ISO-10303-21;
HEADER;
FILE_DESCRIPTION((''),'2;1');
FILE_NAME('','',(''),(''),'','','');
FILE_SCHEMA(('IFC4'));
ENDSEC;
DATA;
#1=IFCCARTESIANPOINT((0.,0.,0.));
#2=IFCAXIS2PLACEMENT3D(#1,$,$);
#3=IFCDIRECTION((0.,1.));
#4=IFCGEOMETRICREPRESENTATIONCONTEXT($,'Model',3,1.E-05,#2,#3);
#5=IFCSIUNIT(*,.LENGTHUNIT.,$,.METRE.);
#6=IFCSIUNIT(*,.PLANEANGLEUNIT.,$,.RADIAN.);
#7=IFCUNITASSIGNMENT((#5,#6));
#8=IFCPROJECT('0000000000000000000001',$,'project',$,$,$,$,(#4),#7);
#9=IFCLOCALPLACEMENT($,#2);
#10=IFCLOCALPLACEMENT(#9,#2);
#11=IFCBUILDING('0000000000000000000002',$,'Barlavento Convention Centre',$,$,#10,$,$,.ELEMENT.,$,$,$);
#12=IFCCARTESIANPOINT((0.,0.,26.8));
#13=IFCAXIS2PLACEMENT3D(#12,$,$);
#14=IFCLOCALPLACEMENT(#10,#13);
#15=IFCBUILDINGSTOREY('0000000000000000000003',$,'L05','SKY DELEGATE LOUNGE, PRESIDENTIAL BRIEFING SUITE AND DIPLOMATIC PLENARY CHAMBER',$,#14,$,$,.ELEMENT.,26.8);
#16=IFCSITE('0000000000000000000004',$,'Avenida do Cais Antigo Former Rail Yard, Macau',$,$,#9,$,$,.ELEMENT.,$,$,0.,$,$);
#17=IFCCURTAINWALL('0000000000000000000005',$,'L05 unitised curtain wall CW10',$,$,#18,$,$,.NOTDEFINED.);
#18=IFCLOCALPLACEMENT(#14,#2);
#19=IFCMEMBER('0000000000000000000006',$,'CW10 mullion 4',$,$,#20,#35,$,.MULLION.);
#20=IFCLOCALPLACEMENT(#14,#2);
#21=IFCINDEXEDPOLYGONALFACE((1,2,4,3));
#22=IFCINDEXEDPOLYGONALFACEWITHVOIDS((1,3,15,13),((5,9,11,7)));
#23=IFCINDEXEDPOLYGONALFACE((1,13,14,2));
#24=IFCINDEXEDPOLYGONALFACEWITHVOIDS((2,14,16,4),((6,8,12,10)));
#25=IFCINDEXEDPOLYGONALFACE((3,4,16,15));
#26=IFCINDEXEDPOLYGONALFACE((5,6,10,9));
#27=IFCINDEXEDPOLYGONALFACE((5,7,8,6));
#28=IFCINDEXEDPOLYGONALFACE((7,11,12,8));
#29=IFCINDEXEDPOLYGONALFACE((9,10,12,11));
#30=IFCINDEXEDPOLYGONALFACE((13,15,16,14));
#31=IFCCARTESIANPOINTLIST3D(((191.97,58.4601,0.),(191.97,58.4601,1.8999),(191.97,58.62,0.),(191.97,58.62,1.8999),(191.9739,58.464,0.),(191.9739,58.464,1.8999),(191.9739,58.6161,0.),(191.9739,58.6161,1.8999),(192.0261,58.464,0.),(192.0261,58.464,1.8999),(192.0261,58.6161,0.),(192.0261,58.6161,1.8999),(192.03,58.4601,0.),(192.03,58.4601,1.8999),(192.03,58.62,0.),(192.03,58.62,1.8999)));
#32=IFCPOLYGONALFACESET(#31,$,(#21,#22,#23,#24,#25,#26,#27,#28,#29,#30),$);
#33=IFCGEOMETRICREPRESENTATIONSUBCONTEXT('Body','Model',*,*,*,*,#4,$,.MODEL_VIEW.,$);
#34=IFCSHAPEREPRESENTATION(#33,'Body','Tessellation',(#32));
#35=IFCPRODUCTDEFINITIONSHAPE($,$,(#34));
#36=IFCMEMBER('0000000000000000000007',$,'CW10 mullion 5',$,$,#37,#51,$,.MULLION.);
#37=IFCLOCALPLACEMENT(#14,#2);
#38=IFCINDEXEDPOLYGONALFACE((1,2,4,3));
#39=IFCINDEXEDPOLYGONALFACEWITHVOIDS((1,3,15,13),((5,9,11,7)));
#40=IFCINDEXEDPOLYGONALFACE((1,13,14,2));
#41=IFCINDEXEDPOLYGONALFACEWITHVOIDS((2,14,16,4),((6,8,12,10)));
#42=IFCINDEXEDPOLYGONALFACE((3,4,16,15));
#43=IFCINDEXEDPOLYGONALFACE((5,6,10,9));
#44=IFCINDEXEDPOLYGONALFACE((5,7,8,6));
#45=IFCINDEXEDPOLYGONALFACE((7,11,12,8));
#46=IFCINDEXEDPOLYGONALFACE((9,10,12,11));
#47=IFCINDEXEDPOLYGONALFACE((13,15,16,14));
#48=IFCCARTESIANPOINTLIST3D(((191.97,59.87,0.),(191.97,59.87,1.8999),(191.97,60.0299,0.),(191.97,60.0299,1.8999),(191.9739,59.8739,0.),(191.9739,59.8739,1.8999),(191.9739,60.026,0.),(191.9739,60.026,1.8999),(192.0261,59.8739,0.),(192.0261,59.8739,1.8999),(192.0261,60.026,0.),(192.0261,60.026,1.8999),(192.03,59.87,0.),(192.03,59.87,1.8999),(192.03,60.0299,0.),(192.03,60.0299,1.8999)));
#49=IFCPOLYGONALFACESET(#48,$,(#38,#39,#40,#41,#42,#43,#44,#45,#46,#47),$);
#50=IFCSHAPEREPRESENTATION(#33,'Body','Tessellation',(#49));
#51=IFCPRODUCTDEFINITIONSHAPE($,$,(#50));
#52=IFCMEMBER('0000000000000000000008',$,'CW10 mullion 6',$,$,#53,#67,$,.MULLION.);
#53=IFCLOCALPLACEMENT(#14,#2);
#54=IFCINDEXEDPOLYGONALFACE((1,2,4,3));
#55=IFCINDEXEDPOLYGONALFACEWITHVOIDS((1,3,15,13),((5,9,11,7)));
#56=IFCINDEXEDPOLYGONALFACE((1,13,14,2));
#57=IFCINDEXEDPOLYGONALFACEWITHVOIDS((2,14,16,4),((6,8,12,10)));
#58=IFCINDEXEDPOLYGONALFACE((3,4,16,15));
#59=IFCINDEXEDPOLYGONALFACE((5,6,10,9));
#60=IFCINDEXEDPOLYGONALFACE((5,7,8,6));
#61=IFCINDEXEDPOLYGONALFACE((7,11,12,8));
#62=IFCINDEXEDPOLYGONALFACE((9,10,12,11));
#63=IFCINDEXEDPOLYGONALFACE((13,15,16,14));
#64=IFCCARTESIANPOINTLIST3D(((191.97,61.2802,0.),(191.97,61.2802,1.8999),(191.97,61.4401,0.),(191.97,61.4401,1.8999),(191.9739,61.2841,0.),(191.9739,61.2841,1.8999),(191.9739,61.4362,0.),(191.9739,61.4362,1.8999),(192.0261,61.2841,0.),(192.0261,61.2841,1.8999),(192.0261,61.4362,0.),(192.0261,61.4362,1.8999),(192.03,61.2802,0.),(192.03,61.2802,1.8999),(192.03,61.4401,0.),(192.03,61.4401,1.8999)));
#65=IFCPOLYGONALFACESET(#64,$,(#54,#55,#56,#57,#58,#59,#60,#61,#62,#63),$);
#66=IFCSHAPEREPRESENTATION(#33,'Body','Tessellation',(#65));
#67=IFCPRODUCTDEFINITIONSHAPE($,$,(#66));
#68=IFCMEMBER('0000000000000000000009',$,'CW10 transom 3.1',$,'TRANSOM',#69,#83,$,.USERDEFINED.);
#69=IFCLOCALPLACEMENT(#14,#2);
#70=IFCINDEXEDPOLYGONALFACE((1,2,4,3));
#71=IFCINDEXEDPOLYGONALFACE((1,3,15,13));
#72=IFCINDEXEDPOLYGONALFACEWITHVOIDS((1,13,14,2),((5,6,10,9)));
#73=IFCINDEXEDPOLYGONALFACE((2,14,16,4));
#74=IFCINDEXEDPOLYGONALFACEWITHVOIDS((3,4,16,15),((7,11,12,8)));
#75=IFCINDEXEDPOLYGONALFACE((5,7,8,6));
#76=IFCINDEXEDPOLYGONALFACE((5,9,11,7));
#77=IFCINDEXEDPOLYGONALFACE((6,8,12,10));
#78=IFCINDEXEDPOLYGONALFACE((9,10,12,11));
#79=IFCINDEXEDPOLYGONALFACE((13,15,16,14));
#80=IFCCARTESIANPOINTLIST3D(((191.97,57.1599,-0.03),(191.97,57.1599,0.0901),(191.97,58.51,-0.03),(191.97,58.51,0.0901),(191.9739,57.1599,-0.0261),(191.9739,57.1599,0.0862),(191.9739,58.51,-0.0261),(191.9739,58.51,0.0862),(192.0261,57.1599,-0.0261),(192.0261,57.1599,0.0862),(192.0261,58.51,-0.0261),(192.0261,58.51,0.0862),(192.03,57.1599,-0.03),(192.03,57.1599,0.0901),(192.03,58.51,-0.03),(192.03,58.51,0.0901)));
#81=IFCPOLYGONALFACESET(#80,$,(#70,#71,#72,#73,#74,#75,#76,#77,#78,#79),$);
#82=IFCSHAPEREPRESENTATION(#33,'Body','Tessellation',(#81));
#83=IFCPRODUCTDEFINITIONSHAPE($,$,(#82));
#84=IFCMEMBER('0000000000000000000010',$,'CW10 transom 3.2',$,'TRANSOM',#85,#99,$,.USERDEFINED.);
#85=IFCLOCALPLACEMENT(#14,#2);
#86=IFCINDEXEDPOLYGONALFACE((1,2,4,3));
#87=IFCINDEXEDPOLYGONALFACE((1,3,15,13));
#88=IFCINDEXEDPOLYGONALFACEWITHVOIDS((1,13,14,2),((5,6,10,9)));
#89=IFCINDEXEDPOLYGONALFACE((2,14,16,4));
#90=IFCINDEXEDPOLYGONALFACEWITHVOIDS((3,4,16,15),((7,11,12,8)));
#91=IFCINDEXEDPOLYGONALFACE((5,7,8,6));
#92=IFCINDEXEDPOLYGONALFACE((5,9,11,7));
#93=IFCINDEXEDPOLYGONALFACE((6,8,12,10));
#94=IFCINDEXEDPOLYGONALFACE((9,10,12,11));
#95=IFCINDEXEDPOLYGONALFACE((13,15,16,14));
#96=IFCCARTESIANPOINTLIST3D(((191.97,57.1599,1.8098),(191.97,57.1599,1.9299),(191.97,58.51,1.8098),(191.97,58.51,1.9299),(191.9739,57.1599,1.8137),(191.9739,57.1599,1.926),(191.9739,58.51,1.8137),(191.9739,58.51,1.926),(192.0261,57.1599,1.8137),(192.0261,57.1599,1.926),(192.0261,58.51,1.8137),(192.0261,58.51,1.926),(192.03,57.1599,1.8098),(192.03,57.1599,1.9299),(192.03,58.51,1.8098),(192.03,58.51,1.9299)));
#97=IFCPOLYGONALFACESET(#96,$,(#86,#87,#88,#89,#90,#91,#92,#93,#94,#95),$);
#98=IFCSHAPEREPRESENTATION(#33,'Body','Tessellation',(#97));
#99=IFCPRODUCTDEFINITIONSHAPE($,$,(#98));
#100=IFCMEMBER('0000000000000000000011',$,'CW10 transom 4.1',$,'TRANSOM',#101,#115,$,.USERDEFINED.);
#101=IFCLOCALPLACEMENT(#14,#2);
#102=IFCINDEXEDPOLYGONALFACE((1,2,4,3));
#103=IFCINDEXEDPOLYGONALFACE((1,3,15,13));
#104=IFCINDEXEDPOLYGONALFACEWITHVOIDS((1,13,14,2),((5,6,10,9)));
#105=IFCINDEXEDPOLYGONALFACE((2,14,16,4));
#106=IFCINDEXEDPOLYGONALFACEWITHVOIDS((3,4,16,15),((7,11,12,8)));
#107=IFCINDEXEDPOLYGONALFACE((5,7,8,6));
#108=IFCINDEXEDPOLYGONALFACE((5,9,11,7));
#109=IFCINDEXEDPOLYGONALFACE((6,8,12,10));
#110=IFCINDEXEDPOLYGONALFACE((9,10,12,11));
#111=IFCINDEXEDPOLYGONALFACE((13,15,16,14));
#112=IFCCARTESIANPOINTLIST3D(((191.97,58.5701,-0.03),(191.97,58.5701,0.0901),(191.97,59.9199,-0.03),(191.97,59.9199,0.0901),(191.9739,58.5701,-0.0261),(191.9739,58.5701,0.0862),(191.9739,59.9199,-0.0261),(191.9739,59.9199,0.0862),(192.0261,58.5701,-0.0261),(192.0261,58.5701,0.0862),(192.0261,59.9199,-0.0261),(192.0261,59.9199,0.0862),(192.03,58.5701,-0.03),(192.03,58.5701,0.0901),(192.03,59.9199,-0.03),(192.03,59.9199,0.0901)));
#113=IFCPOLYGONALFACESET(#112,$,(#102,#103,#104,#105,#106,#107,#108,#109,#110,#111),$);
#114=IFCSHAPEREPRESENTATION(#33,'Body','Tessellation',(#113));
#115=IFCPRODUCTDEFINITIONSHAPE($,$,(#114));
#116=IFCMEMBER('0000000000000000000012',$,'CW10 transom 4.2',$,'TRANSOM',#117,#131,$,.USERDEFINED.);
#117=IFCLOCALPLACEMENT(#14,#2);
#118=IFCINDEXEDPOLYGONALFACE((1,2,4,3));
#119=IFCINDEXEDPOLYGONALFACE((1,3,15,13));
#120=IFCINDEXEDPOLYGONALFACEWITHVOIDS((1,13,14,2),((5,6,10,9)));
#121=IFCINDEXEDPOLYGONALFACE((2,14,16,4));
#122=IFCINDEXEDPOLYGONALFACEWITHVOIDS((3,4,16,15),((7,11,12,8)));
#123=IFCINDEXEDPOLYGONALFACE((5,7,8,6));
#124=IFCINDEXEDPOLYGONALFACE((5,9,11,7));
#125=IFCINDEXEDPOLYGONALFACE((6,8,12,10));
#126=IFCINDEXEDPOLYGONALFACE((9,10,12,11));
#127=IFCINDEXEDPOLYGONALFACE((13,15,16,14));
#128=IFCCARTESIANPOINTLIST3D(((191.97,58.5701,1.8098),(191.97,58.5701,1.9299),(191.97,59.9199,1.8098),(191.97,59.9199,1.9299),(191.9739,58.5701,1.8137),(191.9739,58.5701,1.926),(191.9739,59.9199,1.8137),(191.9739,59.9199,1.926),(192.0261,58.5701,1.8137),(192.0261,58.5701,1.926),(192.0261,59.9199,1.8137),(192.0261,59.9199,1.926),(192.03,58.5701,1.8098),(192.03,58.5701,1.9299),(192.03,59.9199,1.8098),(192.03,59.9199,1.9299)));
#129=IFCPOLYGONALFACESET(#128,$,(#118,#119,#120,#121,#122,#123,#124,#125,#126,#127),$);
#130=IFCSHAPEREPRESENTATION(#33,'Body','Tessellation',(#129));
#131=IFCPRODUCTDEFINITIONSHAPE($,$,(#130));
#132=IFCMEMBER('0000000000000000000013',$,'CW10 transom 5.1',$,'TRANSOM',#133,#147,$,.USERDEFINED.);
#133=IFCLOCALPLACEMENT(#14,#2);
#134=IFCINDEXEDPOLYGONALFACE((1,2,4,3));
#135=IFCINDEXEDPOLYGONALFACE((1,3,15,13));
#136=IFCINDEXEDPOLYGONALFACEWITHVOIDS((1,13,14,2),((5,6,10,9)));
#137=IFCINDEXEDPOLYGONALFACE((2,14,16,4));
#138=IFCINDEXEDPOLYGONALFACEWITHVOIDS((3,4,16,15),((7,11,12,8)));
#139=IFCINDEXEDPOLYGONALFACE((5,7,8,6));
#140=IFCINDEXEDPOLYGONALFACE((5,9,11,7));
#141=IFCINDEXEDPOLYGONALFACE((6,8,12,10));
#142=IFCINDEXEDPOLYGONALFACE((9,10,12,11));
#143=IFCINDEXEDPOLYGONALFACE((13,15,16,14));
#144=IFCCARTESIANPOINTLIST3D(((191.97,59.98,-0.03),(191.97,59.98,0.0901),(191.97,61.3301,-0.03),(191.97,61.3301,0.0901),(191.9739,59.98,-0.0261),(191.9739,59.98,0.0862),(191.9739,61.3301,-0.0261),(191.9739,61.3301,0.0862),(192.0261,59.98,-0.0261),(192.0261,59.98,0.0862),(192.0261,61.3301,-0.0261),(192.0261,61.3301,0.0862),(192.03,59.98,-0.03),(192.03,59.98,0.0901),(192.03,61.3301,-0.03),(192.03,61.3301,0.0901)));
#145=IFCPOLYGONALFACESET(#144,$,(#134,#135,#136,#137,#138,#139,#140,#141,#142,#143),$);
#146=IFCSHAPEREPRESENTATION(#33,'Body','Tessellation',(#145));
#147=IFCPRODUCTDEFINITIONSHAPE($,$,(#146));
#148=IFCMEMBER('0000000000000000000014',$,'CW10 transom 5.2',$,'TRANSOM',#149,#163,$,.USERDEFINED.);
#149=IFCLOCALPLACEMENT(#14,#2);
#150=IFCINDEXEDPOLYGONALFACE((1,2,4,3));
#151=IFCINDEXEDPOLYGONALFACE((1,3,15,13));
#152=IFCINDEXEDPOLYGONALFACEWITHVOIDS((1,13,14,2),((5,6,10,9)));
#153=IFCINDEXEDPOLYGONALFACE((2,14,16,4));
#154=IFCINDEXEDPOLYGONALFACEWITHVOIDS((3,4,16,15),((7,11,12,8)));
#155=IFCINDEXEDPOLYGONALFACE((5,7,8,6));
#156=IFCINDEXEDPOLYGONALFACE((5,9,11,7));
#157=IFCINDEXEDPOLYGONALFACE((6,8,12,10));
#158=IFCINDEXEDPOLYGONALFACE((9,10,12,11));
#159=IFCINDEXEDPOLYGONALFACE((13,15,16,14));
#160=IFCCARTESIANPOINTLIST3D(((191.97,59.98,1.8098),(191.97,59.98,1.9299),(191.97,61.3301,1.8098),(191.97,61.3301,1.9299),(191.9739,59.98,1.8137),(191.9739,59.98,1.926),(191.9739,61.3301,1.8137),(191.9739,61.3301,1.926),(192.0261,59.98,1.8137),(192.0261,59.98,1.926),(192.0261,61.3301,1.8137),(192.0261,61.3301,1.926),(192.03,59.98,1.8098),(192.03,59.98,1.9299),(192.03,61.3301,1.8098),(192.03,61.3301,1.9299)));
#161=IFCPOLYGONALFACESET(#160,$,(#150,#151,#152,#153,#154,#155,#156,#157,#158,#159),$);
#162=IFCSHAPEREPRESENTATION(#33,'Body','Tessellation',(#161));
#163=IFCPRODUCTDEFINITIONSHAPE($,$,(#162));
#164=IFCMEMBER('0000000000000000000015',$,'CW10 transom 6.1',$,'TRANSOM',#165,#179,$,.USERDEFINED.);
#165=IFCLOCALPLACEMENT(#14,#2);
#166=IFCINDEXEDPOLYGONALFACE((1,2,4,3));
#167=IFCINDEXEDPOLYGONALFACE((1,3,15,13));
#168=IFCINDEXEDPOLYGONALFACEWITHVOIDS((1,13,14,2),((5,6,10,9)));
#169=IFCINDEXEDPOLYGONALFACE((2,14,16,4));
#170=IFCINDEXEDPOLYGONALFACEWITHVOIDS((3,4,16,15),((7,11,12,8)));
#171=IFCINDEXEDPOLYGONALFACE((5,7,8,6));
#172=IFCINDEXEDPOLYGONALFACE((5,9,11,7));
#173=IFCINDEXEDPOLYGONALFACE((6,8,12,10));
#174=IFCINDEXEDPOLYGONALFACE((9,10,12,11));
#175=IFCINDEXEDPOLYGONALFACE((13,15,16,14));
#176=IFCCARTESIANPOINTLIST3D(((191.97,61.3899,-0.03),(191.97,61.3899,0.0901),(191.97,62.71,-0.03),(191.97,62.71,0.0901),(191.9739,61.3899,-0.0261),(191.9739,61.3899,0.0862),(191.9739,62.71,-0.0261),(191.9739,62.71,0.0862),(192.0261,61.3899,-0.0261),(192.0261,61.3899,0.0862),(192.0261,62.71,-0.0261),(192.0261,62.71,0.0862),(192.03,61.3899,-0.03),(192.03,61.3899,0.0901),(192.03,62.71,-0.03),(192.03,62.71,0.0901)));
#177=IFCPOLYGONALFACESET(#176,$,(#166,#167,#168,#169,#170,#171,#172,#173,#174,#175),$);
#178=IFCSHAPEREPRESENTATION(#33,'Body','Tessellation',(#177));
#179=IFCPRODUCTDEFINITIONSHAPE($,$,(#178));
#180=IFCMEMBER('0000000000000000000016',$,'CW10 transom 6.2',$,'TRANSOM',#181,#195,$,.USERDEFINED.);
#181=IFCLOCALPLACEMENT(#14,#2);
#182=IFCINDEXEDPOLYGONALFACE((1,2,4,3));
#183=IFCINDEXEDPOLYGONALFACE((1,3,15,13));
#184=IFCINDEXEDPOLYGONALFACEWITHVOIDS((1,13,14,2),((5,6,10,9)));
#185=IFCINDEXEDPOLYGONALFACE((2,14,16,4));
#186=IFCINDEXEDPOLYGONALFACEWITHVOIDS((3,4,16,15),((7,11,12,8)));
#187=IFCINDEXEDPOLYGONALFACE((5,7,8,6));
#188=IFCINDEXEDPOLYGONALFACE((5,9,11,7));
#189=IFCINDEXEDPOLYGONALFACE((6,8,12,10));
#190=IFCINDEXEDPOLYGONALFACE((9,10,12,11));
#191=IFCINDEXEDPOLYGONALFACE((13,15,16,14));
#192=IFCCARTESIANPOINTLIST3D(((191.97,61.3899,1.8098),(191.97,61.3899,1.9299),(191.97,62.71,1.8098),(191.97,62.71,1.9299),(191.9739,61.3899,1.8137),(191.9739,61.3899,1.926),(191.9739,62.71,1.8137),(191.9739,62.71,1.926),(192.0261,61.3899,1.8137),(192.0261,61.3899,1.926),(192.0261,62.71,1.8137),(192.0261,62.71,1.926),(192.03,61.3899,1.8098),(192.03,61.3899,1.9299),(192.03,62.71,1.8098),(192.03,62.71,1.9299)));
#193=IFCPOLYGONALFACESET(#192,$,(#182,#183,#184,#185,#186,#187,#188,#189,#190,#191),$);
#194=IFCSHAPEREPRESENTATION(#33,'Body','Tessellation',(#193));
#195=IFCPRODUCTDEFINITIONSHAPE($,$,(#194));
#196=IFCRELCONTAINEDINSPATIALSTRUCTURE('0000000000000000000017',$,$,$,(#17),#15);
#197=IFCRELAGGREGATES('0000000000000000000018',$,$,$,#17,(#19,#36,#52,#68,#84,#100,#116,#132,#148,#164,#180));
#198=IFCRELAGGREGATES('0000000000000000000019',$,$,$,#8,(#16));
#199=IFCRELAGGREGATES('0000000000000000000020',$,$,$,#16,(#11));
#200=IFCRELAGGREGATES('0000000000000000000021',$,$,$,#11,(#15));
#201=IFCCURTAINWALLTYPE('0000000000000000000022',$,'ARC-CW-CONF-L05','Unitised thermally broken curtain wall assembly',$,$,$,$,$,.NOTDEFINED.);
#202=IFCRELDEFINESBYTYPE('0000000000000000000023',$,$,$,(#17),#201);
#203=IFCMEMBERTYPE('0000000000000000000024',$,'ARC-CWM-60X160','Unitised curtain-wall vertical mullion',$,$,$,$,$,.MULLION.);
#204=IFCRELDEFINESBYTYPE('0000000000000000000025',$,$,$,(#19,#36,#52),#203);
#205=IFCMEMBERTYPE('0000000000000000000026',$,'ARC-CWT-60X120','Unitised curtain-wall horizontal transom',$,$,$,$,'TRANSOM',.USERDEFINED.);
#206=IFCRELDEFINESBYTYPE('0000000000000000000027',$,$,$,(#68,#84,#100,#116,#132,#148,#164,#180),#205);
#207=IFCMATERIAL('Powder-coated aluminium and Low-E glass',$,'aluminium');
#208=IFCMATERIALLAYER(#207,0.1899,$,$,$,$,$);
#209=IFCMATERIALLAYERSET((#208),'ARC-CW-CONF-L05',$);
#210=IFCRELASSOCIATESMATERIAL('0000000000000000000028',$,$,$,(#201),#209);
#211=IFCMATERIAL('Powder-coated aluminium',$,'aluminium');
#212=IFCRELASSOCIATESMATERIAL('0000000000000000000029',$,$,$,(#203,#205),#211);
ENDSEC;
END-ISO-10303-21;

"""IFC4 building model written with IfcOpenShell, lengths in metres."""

from ifc_helpers import new_model, si_unit, direction, frame, origin, origin_2d, place, context, subcontext, project, spatial, hollow_rectangle, extrude, material, layer, layer_set, material_profile, profile_set, type_object, element, aggregate, save


model = new_model("IFC4")

# Units and contexts
model_context = context("Model", 3, precision=1e-05, world=origin(), true_north=direction((0.0, 1.0)))
body_context = subcontext(model_context, "Body", "Model", "MODEL_VIEW")
ifc_project = project(units=[si_unit("LENGTHUNIT", "METRE"), si_unit("PLANEANGLEUNIT", "RADIAN")], contexts=[model_context])

# Site, building, storey
site_placement = place(None, origin())
site = spatial("IfcSite", under=ifc_project, at=site_placement, Name="Avenida do Cais Antigo Former Rail Yard, Macau", CompositionType="ELEMENT", RefElevation=0.0)
building_placement = place(site_placement, origin())
building = spatial("IfcBuilding", under=site, at=building_placement, Name="Barlavento Convention Centre", CompositionType="ELEMENT")
storey_placement = place(building_placement, frame((0.0, 0.0, 26.8)))
storey = spatial("IfcBuildingStorey", under=building, at=storey_placement, Name="L05", Description="SKY DELEGATE LOUNGE, PRESIDENTIAL BRIEFING SUITE AND DIPLOMATIC PLENARY CHAMBER", CompositionType="ELEMENT", Elevation=26.8)

# Curtain wall, members
ifc_material_1 = material(Name="Powder-coated aluminium and Low-E glass", Category="aluminium")
ifc_layer_1 = layer(ifc_material_1, 0.1899)
ifc_layer_set_1 = layer_set([ifc_layer_1], Name="ARC-CW-CONF-L05")
curtain_wall_type = type_object("IfcCurtainWallType", Name="ARC-CW-CONF-L05", Description="Unitised thermally broken curtain wall assembly", PredefinedType="NOTDEFINED", material=ifc_layer_set_1)
curtain_wall_placement = place(storey_placement, origin())
curtain_wall = element("IfcCurtainWall", 1, at=curtain_wall_placement, inside=storey, type_object=curtain_wall_type, Name="L05 unitised curtain wall CW10", PredefinedType="NOTDEFINED")
ifc_material_2 = material(Name="Powder-coated aluminium", Category="aluminium")
ifc_material_profile_1 = material_profile(ifc_material_2, hollow_rectangle(XDim=0.0601, YDim=0.1599, WallThickness=0.0039, at=origin_2d()), Name="AL-MULL 60x160x4")
ifc_profile_set_1 = profile_set([ifc_material_profile_1], Name="Powder-coated aluminium")
member_type_1 = type_object("IfcMemberType", Name="ARC-CWM-60X160", Description="Unitised curtain-wall vertical mullion", PredefinedType="MULLION", material=ifc_profile_set_1)
member_1_placement = place(storey_placement, frame((192.0, 58.54, 0.0), z_axis=(0.0, 0.0, 1.0), x_axis=(-1.0, 0.0, 0.0)))
member_1 = element("IfcMember", 2, at=member_1_placement, type_object=member_type_1, Name="CW10 mullion 4", PredefinedType="MULLION", context=body_context, shape_type="SweptSolid", body=[
    extrude(hollow_rectangle(XDim=0.0601, YDim=0.1599, WallThickness=0.0039, at=origin_2d()), origin(), (0.0, 0.0, 1.0), 1.8999),
])
member_2_placement = place(storey_placement, frame((192.0, 59.95, 0.0), z_axis=(0.0, 0.0, 1.0), x_axis=(-1.0, 0.0, 0.0)))
member_2 = element("IfcMember", 3, at=member_2_placement, type_object=member_type_1, Name="CW10 mullion 5", PredefinedType="MULLION", context=body_context, shape_type="SweptSolid", body=[
    extrude(hollow_rectangle(XDim=0.0601, YDim=0.1599, WallThickness=0.0039, at=origin_2d()), origin(), (0.0, 0.0, 1.0), 1.8999),
])
member_3_placement = place(storey_placement, frame((192.0, 61.3601, 0.0), z_axis=(0.0, 0.0, 1.0), x_axis=(-1.0, 0.0, 0.0)))
member_3 = element("IfcMember", 4, at=member_3_placement, type_object=member_type_1, Name="CW10 mullion 6", PredefinedType="MULLION", context=body_context, shape_type="SweptSolid", body=[
    extrude(hollow_rectangle(XDim=0.0601, YDim=0.1599, WallThickness=0.0039, at=origin_2d()), origin(), (0.0, 0.0, 1.0), 1.8999),
])
ifc_material_profile_2 = material_profile(ifc_material_2, hollow_rectangle(XDim=0.0601, YDim=0.1201, WallThickness=0.0039, at=origin_2d()), Name="AL-TRAN 60x120x4")
ifc_profile_set_2 = profile_set([ifc_material_profile_2], Name="Powder-coated aluminium")
member_type_2 = type_object("IfcMemberType", Name="ARC-CWT-60X120", Description="Unitised curtain-wall horizontal transom", ElementType="TRANSOM", PredefinedType="USERDEFINED", material=ifc_profile_set_2)
member_4_placement = place(storey_placement, frame((192.0, 57.1599, 0.03), z_axis=(0.0, 1.0, 0.0), x_axis=(-1.0, 0.0, 0.0)))
member_4 = element("IfcMember", 5, at=member_4_placement, type_object=member_type_2, Name="CW10 transom 3.1", ObjectType="TRANSOM", PredefinedType="USERDEFINED", context=body_context, shape_type="SweptSolid", body=[
    extrude(hollow_rectangle(XDim=0.0601, YDim=0.1201, WallThickness=0.0039, at=origin_2d()), origin(), (0.0, 0.0, 1.0), 1.3501),
])
member_5_placement = place(storey_placement, frame((192.0, 57.1599, 1.8699), z_axis=(0.0, 1.0, 0.0), x_axis=(-1.0, 0.0, 0.0)))
member_5 = element("IfcMember", 6, at=member_5_placement, type_object=member_type_2, Name="CW10 transom 3.2", ObjectType="TRANSOM", PredefinedType="USERDEFINED", context=body_context, shape_type="SweptSolid", body=[
    extrude(hollow_rectangle(XDim=0.0601, YDim=0.1201, WallThickness=0.0039, at=origin_2d()), origin(), (0.0, 0.0, 1.0), 1.3501),
])
member_6_placement = place(storey_placement, frame((192.0, 58.5701, 0.03), z_axis=(0.0, 1.0, 0.0), x_axis=(-1.0, 0.0, 0.0)))
member_6 = element("IfcMember", 7, at=member_6_placement, type_object=member_type_2, Name="CW10 transom 4.1", ObjectType="TRANSOM", PredefinedType="USERDEFINED", context=body_context, shape_type="SweptSolid", body=[
    extrude(hollow_rectangle(XDim=0.0601, YDim=0.1201, WallThickness=0.0039, at=origin_2d()), origin(), (0.0, 0.0, 1.0), 1.3499),
])
member_7_placement = place(storey_placement, frame((192.0, 58.5701, 1.8699), z_axis=(0.0, 1.0, 0.0), x_axis=(-1.0, 0.0, 0.0)))
member_7 = element("IfcMember", 8, at=member_7_placement, type_object=member_type_2, Name="CW10 transom 4.2", ObjectType="TRANSOM", PredefinedType="USERDEFINED", context=body_context, shape_type="SweptSolid", body=[
    extrude(hollow_rectangle(XDim=0.0601, YDim=0.1201, WallThickness=0.0039, at=origin_2d()), origin(), (0.0, 0.0, 1.0), 1.3499),
])
member_8_placement = place(storey_placement, frame((192.0, 59.98, 0.03), z_axis=(0.0, 1.0, 0.0), x_axis=(-1.0, 0.0, 0.0)))
member_8 = element("IfcMember", 9, at=member_8_placement, type_object=member_type_2, Name="CW10 transom 5.1", ObjectType="TRANSOM", PredefinedType="USERDEFINED", context=body_context, shape_type="SweptSolid", body=[
    extrude(hollow_rectangle(XDim=0.0601, YDim=0.1201, WallThickness=0.0039, at=origin_2d()), origin(), (0.0, 0.0, 1.0), 1.3501),
])
member_9_placement = place(storey_placement, frame((192.0, 59.98, 1.8699), z_axis=(0.0, 1.0, 0.0), x_axis=(-1.0, 0.0, 0.0)))
member_9 = element("IfcMember", 10, at=member_9_placement, type_object=member_type_2, Name="CW10 transom 5.2", ObjectType="TRANSOM", PredefinedType="USERDEFINED", context=body_context, shape_type="SweptSolid", body=[
    extrude(hollow_rectangle(XDim=0.0601, YDim=0.1201, WallThickness=0.0039, at=origin_2d()), origin(), (0.0, 0.0, 1.0), 1.3501),
])
member_10_placement = place(storey_placement, frame((192.0, 61.3899, 0.03), z_axis=(0.0, 1.0, 0.0), x_axis=(-1.0, 0.0, 0.0)))
member_10 = element("IfcMember", 11, at=member_10_placement, type_object=member_type_2, Name="CW10 transom 6.1", ObjectType="TRANSOM", PredefinedType="USERDEFINED", context=body_context, shape_type="SweptSolid", body=[
    extrude(hollow_rectangle(XDim=0.0601, YDim=0.1201, WallThickness=0.0039, at=origin_2d()), origin(), (0.0, 0.0, 1.0), 1.3201),
])
member_11_placement = place(storey_placement, frame((192.0, 61.3899, 1.8699), z_axis=(0.0, 1.0, 0.0), x_axis=(-1.0, 0.0, 0.0)))
member_11 = element("IfcMember", 12, at=member_11_placement, type_object=member_type_2, Name="CW10 transom 6.2", ObjectType="TRANSOM", PredefinedType="USERDEFINED", context=body_context, shape_type="SweptSolid", body=[
    extrude(hollow_rectangle(XDim=0.0601, YDim=0.1201, WallThickness=0.0039, at=origin_2d()), origin(), (0.0, 0.0, 1.0), 1.3201),
])
aggregate(curtain_wall, [member_1, member_2, member_3, member_4, member_5, member_6, member_7, member_8, member_9, member_10, member_11])

save(model, "model.ifc")
